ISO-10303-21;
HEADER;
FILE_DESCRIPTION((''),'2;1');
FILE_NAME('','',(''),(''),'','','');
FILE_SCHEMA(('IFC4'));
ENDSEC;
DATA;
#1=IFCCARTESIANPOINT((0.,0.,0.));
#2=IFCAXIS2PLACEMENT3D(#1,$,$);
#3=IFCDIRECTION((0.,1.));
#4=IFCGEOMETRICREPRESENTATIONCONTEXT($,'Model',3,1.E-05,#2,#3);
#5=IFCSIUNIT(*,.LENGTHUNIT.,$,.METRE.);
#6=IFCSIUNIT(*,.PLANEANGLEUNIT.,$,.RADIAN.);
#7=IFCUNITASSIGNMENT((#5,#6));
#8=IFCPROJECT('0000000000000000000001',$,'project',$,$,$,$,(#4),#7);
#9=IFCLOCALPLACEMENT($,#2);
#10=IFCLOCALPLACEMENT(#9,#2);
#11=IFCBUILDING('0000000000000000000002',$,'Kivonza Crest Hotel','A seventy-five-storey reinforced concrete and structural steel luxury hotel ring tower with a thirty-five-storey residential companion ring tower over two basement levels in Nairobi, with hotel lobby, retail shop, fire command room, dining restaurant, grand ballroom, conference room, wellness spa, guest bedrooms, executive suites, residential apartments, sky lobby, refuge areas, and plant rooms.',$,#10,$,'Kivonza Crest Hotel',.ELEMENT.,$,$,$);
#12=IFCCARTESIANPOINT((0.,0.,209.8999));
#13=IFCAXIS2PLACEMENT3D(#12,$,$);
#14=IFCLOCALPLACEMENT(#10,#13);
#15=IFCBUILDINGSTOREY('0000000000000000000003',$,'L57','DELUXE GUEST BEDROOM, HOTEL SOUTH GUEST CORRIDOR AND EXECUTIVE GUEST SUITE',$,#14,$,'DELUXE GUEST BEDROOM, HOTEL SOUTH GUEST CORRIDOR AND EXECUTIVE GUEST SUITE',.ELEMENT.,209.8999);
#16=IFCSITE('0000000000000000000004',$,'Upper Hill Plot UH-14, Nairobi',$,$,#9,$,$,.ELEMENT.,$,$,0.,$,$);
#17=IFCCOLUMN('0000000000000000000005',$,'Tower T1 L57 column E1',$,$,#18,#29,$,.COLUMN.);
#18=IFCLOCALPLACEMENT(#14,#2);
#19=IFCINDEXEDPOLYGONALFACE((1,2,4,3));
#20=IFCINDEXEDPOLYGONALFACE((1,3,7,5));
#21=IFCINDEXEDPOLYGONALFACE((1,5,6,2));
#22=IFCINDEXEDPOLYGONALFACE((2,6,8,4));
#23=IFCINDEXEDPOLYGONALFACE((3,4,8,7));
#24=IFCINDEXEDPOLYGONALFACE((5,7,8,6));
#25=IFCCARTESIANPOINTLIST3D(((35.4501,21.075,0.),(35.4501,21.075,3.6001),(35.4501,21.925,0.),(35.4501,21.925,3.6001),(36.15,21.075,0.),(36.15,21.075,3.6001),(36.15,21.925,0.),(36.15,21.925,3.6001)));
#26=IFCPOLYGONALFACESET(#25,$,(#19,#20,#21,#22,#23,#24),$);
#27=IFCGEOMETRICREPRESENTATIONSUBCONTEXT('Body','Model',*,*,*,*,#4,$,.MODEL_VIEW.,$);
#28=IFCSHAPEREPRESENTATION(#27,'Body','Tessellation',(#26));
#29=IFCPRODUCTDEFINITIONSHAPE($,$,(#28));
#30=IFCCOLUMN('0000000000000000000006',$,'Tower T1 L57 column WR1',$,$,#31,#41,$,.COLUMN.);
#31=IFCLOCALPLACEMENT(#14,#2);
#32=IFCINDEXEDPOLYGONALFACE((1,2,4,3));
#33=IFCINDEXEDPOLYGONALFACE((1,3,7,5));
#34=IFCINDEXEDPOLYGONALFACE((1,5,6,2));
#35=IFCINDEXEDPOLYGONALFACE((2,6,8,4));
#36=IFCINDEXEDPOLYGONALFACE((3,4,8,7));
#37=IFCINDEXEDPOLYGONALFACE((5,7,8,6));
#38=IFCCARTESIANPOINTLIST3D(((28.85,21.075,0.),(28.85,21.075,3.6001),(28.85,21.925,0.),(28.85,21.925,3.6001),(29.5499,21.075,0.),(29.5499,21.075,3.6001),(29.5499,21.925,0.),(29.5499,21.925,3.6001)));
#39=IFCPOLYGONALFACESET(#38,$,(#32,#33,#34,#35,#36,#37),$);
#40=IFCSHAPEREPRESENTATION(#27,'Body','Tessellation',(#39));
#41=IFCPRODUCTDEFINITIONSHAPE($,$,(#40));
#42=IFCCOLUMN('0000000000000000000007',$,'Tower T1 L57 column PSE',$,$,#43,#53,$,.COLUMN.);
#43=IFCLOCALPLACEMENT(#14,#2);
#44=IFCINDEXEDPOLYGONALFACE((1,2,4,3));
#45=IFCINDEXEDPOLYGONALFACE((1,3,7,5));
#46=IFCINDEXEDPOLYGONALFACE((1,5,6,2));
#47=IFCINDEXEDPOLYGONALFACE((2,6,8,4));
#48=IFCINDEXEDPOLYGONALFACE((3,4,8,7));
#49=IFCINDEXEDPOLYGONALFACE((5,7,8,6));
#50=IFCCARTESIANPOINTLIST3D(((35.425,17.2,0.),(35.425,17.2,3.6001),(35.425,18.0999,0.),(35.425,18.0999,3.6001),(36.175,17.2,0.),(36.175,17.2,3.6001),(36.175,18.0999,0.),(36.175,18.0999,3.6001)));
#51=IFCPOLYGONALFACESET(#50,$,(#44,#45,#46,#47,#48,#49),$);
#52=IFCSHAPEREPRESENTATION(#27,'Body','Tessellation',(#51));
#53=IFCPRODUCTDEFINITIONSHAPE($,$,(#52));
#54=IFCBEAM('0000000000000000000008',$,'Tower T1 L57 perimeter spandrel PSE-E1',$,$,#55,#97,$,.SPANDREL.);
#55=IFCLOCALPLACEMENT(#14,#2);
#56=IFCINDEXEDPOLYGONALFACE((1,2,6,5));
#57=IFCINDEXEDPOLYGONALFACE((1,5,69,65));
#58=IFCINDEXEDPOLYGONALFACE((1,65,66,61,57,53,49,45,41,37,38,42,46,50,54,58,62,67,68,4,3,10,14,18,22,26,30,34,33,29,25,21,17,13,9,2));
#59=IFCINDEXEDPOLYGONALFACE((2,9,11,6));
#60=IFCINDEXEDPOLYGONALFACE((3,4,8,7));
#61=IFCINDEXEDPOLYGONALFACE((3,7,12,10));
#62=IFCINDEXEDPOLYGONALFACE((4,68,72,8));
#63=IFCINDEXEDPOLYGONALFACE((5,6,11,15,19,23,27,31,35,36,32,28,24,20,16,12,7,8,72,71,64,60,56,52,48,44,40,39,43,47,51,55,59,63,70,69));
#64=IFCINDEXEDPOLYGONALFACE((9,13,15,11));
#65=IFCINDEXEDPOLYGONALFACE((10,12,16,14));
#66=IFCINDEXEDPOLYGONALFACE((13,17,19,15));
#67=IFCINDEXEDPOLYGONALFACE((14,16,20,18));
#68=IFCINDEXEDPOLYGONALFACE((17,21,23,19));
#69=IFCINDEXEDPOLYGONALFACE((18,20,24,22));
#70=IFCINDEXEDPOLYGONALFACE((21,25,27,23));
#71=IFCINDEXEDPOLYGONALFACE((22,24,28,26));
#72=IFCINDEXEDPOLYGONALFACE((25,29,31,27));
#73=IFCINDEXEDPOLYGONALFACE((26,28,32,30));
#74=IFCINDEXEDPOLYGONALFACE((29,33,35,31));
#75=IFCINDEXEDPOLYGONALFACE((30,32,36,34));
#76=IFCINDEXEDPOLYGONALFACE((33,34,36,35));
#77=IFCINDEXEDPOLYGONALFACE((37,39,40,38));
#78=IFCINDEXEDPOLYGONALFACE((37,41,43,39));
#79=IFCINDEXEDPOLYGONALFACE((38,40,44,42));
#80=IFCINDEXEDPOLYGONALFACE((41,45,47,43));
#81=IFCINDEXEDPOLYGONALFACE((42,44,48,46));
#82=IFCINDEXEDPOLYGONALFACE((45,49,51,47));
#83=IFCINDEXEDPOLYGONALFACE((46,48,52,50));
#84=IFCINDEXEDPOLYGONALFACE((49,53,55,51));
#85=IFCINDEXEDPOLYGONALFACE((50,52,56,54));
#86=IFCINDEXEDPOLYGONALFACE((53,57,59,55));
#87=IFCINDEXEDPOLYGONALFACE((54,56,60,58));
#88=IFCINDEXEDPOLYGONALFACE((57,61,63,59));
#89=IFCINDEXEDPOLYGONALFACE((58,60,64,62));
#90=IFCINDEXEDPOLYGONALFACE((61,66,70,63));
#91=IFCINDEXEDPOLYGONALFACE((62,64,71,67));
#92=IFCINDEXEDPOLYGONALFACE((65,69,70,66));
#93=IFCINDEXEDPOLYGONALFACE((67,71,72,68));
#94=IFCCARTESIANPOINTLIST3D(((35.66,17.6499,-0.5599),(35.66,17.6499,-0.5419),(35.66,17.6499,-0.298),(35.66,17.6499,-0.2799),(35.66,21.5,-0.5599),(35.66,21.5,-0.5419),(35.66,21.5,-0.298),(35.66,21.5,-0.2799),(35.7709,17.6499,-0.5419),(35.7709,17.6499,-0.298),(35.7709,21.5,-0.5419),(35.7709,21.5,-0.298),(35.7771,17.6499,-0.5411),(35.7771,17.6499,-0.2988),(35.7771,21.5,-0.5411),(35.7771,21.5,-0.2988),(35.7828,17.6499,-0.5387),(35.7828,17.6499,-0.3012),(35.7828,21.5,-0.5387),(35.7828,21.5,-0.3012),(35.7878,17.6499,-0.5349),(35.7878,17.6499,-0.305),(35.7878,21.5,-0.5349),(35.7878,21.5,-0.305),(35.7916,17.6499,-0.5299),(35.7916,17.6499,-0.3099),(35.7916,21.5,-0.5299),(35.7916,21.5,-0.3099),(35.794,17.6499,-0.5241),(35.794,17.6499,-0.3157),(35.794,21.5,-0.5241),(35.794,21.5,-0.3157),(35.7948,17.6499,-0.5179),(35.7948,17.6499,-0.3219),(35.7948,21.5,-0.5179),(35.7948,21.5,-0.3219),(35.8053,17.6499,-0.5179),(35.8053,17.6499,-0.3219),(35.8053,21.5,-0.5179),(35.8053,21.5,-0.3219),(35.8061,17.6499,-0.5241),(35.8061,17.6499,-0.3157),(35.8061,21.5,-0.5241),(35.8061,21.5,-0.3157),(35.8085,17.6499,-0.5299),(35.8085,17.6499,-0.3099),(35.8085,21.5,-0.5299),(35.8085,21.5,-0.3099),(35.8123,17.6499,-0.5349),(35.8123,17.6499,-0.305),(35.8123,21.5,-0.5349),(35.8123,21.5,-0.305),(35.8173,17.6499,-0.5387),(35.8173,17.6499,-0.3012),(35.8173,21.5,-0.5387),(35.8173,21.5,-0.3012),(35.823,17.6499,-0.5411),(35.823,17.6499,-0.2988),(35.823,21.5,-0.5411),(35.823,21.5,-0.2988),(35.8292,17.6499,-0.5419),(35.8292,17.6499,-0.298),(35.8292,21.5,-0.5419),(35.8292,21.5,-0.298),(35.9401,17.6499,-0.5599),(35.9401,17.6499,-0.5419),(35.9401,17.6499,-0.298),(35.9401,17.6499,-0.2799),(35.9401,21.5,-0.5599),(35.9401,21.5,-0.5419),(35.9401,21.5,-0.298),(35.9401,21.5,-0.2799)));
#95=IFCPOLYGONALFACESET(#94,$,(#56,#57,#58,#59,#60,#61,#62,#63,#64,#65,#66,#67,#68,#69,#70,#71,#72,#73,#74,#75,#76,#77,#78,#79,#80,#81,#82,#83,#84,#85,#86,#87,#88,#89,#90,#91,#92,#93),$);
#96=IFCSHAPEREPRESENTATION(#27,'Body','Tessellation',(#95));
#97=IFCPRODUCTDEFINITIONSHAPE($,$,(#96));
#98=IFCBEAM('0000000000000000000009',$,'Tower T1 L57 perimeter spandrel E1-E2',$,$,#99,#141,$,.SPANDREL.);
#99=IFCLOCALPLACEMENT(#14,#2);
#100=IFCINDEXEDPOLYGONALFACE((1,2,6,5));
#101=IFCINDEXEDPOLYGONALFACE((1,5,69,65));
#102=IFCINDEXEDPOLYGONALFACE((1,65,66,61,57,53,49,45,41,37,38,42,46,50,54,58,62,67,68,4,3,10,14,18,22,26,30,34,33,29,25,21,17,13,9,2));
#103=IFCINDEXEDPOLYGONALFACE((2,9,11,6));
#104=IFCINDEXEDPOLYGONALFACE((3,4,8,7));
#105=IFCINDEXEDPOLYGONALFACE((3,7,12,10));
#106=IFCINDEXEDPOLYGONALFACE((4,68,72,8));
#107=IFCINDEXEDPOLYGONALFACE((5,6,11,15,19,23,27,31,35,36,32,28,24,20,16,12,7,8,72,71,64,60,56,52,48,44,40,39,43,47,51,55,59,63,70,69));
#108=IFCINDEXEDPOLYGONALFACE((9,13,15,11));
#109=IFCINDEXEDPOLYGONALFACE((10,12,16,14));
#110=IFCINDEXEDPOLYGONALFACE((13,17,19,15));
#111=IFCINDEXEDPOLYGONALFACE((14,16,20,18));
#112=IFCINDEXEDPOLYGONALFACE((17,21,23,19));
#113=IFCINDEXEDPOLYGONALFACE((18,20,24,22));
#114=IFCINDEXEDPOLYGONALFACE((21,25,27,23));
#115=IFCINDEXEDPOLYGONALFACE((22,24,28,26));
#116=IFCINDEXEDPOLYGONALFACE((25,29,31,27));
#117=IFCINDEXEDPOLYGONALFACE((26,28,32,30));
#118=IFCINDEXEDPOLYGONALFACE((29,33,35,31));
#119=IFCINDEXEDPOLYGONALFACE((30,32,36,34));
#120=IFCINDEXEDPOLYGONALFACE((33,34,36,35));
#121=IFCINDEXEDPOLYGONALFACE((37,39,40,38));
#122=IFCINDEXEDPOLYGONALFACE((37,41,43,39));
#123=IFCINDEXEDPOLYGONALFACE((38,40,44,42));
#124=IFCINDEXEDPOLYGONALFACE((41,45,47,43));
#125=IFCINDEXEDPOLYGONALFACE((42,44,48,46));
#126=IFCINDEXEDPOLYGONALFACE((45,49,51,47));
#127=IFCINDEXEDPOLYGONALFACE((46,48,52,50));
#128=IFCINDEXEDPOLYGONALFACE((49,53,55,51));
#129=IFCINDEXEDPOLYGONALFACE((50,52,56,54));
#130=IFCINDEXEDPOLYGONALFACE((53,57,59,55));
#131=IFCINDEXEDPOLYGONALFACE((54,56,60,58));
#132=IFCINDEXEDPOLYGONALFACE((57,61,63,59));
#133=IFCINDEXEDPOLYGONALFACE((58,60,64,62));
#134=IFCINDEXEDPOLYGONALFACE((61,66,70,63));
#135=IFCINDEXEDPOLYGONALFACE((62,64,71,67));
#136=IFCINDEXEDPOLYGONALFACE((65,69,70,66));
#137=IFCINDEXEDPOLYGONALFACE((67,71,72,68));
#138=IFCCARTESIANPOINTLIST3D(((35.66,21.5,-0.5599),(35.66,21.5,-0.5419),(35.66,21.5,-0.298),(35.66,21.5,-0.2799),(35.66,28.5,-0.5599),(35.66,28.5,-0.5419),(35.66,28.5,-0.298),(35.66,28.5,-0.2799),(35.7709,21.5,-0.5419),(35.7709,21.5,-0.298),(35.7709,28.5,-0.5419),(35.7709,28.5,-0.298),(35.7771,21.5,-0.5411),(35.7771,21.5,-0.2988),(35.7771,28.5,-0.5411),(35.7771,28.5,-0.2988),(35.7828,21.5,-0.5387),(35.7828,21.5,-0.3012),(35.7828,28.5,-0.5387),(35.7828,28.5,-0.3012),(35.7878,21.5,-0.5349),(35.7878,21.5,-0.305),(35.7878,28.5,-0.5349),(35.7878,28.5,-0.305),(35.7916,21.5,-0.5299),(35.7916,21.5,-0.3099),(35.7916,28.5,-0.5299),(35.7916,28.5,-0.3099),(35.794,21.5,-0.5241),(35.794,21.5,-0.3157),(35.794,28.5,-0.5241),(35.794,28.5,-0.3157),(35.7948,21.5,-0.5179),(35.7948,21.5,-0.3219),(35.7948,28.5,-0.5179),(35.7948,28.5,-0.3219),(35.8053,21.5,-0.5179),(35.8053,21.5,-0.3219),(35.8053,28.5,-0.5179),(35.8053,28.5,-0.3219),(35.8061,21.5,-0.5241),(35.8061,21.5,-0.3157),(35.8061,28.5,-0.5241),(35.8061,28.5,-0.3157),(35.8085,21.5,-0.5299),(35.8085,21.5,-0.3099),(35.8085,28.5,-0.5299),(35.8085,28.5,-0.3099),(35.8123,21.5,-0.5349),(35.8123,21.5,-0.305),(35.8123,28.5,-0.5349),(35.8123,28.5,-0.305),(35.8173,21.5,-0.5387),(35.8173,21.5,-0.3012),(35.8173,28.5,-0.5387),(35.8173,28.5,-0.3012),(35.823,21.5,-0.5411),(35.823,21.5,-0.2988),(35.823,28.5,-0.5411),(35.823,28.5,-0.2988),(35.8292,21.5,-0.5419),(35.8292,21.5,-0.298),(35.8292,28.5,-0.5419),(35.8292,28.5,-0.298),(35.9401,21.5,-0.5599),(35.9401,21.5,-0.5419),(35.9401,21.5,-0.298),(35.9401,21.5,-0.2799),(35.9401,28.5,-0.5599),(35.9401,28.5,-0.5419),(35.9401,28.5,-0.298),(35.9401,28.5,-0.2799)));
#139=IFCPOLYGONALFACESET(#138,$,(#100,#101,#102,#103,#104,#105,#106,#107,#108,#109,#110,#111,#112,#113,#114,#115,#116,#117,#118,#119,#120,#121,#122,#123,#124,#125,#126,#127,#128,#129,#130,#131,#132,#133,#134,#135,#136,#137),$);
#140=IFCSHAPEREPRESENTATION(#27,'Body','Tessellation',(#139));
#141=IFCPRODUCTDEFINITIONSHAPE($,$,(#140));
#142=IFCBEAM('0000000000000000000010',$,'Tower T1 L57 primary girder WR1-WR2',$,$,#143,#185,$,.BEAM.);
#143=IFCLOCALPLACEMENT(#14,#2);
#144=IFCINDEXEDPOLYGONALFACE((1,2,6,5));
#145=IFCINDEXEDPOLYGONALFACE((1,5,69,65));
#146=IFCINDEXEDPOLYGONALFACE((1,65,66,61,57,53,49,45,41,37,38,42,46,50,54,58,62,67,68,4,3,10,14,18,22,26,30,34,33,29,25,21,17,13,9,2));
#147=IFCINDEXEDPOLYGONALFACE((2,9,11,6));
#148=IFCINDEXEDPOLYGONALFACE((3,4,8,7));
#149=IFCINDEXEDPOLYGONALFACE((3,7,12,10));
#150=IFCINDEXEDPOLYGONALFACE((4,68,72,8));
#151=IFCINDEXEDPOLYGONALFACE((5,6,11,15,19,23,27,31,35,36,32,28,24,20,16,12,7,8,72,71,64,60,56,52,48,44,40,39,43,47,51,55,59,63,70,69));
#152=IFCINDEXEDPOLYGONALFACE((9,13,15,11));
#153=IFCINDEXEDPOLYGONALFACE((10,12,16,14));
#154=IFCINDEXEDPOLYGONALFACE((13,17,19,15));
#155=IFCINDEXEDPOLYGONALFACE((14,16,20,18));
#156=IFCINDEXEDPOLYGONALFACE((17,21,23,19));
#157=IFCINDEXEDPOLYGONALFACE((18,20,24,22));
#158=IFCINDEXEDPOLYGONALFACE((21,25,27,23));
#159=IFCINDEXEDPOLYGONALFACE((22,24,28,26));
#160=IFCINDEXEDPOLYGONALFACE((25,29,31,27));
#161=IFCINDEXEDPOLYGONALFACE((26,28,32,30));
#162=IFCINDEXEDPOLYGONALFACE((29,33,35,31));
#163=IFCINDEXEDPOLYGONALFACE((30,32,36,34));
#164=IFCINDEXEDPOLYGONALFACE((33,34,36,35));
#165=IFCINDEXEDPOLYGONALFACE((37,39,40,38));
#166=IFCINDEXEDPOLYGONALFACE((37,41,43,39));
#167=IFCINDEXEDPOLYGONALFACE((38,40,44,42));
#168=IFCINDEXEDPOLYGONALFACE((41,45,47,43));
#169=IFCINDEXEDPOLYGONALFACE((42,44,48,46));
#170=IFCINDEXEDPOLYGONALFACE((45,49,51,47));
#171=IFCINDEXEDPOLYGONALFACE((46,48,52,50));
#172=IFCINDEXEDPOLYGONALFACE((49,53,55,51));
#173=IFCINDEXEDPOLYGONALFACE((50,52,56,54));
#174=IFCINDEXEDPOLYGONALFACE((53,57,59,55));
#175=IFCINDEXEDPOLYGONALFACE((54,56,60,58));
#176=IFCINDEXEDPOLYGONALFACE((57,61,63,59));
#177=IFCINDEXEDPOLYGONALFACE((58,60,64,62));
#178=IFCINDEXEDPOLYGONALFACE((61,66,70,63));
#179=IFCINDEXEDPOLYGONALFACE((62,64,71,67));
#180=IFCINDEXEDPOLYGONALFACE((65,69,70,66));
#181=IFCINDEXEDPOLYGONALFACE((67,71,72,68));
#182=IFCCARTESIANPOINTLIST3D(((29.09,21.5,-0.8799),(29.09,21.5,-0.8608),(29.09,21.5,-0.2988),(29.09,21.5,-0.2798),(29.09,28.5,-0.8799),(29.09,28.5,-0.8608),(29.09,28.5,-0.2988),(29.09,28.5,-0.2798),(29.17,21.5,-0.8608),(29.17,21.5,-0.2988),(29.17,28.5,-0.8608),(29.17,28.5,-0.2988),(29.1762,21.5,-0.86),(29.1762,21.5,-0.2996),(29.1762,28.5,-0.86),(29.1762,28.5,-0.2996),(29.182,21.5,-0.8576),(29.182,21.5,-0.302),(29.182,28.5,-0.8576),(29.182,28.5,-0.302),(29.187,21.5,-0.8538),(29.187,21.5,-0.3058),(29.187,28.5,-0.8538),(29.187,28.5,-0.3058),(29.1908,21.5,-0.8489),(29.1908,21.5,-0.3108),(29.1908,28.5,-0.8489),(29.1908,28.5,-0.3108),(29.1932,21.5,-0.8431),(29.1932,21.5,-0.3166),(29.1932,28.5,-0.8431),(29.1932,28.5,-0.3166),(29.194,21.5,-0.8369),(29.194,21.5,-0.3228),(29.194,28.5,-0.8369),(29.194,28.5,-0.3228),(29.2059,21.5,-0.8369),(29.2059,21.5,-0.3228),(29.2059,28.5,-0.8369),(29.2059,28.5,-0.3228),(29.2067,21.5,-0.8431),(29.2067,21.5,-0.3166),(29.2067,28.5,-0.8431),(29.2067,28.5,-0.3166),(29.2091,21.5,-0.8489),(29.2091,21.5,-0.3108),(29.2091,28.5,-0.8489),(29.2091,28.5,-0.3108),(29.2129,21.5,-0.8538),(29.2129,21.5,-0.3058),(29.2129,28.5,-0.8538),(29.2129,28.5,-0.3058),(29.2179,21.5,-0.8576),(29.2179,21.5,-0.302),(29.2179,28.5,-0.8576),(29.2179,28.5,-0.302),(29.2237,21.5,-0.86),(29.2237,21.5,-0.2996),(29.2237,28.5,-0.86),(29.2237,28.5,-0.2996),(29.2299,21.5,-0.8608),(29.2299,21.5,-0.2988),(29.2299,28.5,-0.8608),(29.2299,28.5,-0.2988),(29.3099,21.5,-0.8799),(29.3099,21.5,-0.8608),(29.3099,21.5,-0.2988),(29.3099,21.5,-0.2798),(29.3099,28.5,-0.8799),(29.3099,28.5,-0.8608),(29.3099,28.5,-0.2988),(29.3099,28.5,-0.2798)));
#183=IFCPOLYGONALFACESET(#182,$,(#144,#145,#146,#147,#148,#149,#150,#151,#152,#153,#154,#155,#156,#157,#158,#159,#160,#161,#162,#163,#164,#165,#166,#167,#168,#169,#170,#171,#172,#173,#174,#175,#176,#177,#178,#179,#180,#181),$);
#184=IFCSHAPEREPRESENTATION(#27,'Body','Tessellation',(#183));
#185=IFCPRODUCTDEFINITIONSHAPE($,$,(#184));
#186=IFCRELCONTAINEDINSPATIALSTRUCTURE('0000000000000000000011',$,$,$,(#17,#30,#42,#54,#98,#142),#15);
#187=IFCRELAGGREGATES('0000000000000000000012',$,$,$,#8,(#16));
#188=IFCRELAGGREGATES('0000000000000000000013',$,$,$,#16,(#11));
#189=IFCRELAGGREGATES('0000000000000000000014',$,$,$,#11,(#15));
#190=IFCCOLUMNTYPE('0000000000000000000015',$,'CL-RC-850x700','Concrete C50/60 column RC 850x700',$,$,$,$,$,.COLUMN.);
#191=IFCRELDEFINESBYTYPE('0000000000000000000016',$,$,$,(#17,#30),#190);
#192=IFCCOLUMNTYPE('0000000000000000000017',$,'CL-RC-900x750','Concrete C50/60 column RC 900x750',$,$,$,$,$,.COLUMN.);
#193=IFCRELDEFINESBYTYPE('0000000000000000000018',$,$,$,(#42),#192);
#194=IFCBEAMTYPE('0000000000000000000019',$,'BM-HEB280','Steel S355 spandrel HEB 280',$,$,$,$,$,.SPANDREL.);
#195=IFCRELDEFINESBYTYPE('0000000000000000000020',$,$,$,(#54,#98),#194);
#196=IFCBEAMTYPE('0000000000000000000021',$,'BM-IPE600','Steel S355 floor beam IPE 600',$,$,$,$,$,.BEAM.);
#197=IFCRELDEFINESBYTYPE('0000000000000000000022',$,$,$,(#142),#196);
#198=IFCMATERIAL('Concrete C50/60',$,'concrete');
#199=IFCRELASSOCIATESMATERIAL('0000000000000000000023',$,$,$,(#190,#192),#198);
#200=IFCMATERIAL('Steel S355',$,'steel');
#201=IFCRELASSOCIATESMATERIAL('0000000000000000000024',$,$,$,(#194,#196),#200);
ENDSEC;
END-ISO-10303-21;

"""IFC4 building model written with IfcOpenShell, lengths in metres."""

from ifc_helpers import new_model, si_unit, direction, frame, origin, origin_2d, place, context, subcontext, project, spatial, rectangle, i_section, extrude, material, material_profile, profile_set, type_object, element, save


model = new_model("IFC4")

# Units and contexts
model_context = context("Model", 3, precision=1e-05, world=origin(), true_north=direction((0.0, 1.0)))
body_context = subcontext(model_context, "Body", "Model", "MODEL_VIEW")
ifc_project = project(units=[si_unit("LENGTHUNIT", "METRE"), si_unit("PLANEANGLEUNIT", "RADIAN")], contexts=[model_context])

# Site, building, storey
site_placement = place(None, origin())
site = spatial("IfcSite", under=ifc_project, at=site_placement, Name="Upper Hill Plot UH-14, Nairobi", CompositionType="ELEMENT", RefElevation=0.0)
building_placement = place(site_placement, origin())
building = spatial("IfcBuilding", under=site, at=building_placement, Name="Kivonza Crest Hotel", Description="A seventy-five-storey reinforced concrete and structural steel luxury hotel ring tower with a thirty-five-storey residential companion ring tower over two basement levels in Nairobi, with hotel lobby, retail shop, fire command room, dining restaurant, grand ballroom, conference room, wellness spa, guest bedrooms, executive suites, residential apartments, sky lobby, refuge areas, and plant rooms.", LongName="Kivonza Crest Hotel", CompositionType="ELEMENT")
storey_placement = place(building_placement, frame((0.0, 0.0, 209.8999)))
storey = spatial("IfcBuildingStorey", under=building, at=storey_placement, Name="L57", Description="DELUXE GUEST BEDROOM, HOTEL SOUTH GUEST CORRIDOR AND EXECUTIVE GUEST SUITE", LongName="DELUXE GUEST BEDROOM, HOTEL SOUTH GUEST CORRIDOR AND EXECUTIVE GUEST SUITE", CompositionType="ELEMENT", Elevation=209.8999)

# Columns
ifc_material_1 = material(Name="Concrete C50/60", Category="concrete")
ifc_material_profile_1 = material_profile(ifc_material_1, rectangle(XDim=0.7, YDim=0.8501, at=origin_2d()), Name="RC 850x700")
ifc_profile_set_1 = profile_set([ifc_material_profile_1], Name="Concrete C50/60")
column_type_1 = type_object("IfcColumnType", Name="CL-RC-850x700", Description="Concrete C50/60 column RC 850x700", PredefinedType="COLUMN", material=ifc_profile_set_1)
for number, where, z_axis, x_axis, name in (
    (1, (35.8, 21.5, 0.0), (0.0, 0.0, 1.0), (1.0, 0.0, 0.0), "Tower T1 L57 column E1"),
    (2, (29.2, 21.5, 0.0), (0.0, 0.0, 1.0), (1.0, 0.0, 0.0), "Tower T1 L57 column WR1"),
):
    element("IfcColumn", number, at=place(storey_placement, frame(where, z_axis=z_axis, x_axis=x_axis)), inside=storey, type_object=column_type_1, Name=name, PredefinedType="COLUMN", context=body_context, shape_type="SweptSolid", body=[
        extrude(rectangle(XDim=0.7, YDim=0.8501, at=origin_2d()), origin(), (0.0, 0.0, 1.0), 3.6001),
    ])
ifc_material_profile_2 = material_profile(ifc_material_1, rectangle(XDim=0.75, YDim=0.8999, at=origin_2d()), Name="RC 900x750")
ifc_profile_set_2 = profile_set([ifc_material_profile_2], Name="Concrete C50/60")
column_type_2 = type_object("IfcColumnType", Name="CL-RC-900x750", Description="Concrete C50/60 column RC 900x750", PredefinedType="COLUMN", material=ifc_profile_set_2)
column_placement = place(storey_placement, frame((35.8, 17.6499, 0.0), z_axis=(0.0, 0.0, 1.0), x_axis=(1.0, 0.0, 0.0)))
element("IfcColumn", 3, at=column_placement, inside=storey, type_object=column_type_2, Name="Tower T1 L57 column PSE", PredefinedType="COLUMN", context=body_context, shape_type="SweptSolid", body=[
    extrude(rectangle(XDim=0.75, YDim=0.8999, at=origin_2d()), origin(), (0.0, 0.0, 1.0), 3.6001),
])

# Beams
ifc_material_2 = material(Name="Steel S355", Category="steel")
ifc_material_profile_3 = material_profile(ifc_material_2, i_section(OverallWidth=0.28, OverallDepth=0.28, WebThickness=0.0105, FlangeThickness=0.0181, FilletRadius=0.0239, at=origin_2d()), Name="HEB 280")
ifc_profile_set_3 = profile_set([ifc_material_profile_3], Name="Steel S355")
beam_type_1 = type_object("IfcBeamType", Name="BM-HEB280", Description="Steel S355 spandrel HEB 280", PredefinedType="SPANDREL", material=ifc_profile_set_3)
beam_1_placement = place(storey_placement, frame((35.8, 17.6499, -0.4199), z_axis=(0.0, 1.0, 0.0), x_axis=(-1.0, 0.0, 0.0)))
element("IfcBeam", 4, at=beam_1_placement, inside=storey, type_object=beam_type_1, Name="Tower T1 L57 perimeter spandrel PSE-E1", PredefinedType="SPANDREL", context=body_context, shape_type="SweptSolid", body=[
    extrude(i_section(OverallWidth=0.28, OverallDepth=0.28, WebThickness=0.0105, FlangeThickness=0.0181, FilletRadius=0.0239, at=origin_2d()), origin(), (0.0, 0.0, 1.0), 3.8501),
])
beam_2_placement = place(storey_placement, frame((35.8, 21.5, -0.4199), z_axis=(0.0, 1.0, 0.0), x_axis=(-1.0, 0.0, 0.0)))
element("IfcBeam", 5, at=beam_2_placement, inside=storey, type_object=beam_type_1, Name="Tower T1 L57 perimeter spandrel E1-E2", PredefinedType="SPANDREL", context=body_context, shape_type="SweptSolid", body=[
    extrude(i_section(OverallWidth=0.28, OverallDepth=0.28, WebThickness=0.0105, FlangeThickness=0.0181, FilletRadius=0.0239, at=origin_2d()), origin(), (0.0, 0.0, 1.0), 7.0),
])
ifc_material_profile_4 = material_profile(ifc_material_2, i_section(OverallWidth=0.22, OverallDepth=0.6001, WebThickness=0.012, FlangeThickness=0.019, FilletRadius=0.0239, at=origin_2d()), Name="IPE 600")
ifc_profile_set_4 = profile_set([ifc_material_profile_4], Name="Steel S355")
beam_type_2 = type_object("IfcBeamType", Name="BM-IPE600", Description="Steel S355 floor beam IPE 600", PredefinedType="BEAM", material=ifc_profile_set_4)
beam_3_placement = place(storey_placement, frame((29.2, 21.5, -0.5798), z_axis=(0.0, 1.0, 0.0), x_axis=(-1.0, 0.0, 0.0)))
element("IfcBeam", 6, at=beam_3_placement, inside=storey, type_object=beam_type_2, Name="Tower T1 L57 primary girder WR1-WR2", PredefinedType="BEAM", context=body_context, shape_type="SweptSolid", body=[
    extrude(i_section(OverallWidth=0.22, OverallDepth=0.6001, WebThickness=0.012, FlangeThickness=0.019, FilletRadius=0.0239, at=origin_2d()), origin(), (0.0, 0.0, 1.0), 7.0),
])

save(model, "model.ifc")
